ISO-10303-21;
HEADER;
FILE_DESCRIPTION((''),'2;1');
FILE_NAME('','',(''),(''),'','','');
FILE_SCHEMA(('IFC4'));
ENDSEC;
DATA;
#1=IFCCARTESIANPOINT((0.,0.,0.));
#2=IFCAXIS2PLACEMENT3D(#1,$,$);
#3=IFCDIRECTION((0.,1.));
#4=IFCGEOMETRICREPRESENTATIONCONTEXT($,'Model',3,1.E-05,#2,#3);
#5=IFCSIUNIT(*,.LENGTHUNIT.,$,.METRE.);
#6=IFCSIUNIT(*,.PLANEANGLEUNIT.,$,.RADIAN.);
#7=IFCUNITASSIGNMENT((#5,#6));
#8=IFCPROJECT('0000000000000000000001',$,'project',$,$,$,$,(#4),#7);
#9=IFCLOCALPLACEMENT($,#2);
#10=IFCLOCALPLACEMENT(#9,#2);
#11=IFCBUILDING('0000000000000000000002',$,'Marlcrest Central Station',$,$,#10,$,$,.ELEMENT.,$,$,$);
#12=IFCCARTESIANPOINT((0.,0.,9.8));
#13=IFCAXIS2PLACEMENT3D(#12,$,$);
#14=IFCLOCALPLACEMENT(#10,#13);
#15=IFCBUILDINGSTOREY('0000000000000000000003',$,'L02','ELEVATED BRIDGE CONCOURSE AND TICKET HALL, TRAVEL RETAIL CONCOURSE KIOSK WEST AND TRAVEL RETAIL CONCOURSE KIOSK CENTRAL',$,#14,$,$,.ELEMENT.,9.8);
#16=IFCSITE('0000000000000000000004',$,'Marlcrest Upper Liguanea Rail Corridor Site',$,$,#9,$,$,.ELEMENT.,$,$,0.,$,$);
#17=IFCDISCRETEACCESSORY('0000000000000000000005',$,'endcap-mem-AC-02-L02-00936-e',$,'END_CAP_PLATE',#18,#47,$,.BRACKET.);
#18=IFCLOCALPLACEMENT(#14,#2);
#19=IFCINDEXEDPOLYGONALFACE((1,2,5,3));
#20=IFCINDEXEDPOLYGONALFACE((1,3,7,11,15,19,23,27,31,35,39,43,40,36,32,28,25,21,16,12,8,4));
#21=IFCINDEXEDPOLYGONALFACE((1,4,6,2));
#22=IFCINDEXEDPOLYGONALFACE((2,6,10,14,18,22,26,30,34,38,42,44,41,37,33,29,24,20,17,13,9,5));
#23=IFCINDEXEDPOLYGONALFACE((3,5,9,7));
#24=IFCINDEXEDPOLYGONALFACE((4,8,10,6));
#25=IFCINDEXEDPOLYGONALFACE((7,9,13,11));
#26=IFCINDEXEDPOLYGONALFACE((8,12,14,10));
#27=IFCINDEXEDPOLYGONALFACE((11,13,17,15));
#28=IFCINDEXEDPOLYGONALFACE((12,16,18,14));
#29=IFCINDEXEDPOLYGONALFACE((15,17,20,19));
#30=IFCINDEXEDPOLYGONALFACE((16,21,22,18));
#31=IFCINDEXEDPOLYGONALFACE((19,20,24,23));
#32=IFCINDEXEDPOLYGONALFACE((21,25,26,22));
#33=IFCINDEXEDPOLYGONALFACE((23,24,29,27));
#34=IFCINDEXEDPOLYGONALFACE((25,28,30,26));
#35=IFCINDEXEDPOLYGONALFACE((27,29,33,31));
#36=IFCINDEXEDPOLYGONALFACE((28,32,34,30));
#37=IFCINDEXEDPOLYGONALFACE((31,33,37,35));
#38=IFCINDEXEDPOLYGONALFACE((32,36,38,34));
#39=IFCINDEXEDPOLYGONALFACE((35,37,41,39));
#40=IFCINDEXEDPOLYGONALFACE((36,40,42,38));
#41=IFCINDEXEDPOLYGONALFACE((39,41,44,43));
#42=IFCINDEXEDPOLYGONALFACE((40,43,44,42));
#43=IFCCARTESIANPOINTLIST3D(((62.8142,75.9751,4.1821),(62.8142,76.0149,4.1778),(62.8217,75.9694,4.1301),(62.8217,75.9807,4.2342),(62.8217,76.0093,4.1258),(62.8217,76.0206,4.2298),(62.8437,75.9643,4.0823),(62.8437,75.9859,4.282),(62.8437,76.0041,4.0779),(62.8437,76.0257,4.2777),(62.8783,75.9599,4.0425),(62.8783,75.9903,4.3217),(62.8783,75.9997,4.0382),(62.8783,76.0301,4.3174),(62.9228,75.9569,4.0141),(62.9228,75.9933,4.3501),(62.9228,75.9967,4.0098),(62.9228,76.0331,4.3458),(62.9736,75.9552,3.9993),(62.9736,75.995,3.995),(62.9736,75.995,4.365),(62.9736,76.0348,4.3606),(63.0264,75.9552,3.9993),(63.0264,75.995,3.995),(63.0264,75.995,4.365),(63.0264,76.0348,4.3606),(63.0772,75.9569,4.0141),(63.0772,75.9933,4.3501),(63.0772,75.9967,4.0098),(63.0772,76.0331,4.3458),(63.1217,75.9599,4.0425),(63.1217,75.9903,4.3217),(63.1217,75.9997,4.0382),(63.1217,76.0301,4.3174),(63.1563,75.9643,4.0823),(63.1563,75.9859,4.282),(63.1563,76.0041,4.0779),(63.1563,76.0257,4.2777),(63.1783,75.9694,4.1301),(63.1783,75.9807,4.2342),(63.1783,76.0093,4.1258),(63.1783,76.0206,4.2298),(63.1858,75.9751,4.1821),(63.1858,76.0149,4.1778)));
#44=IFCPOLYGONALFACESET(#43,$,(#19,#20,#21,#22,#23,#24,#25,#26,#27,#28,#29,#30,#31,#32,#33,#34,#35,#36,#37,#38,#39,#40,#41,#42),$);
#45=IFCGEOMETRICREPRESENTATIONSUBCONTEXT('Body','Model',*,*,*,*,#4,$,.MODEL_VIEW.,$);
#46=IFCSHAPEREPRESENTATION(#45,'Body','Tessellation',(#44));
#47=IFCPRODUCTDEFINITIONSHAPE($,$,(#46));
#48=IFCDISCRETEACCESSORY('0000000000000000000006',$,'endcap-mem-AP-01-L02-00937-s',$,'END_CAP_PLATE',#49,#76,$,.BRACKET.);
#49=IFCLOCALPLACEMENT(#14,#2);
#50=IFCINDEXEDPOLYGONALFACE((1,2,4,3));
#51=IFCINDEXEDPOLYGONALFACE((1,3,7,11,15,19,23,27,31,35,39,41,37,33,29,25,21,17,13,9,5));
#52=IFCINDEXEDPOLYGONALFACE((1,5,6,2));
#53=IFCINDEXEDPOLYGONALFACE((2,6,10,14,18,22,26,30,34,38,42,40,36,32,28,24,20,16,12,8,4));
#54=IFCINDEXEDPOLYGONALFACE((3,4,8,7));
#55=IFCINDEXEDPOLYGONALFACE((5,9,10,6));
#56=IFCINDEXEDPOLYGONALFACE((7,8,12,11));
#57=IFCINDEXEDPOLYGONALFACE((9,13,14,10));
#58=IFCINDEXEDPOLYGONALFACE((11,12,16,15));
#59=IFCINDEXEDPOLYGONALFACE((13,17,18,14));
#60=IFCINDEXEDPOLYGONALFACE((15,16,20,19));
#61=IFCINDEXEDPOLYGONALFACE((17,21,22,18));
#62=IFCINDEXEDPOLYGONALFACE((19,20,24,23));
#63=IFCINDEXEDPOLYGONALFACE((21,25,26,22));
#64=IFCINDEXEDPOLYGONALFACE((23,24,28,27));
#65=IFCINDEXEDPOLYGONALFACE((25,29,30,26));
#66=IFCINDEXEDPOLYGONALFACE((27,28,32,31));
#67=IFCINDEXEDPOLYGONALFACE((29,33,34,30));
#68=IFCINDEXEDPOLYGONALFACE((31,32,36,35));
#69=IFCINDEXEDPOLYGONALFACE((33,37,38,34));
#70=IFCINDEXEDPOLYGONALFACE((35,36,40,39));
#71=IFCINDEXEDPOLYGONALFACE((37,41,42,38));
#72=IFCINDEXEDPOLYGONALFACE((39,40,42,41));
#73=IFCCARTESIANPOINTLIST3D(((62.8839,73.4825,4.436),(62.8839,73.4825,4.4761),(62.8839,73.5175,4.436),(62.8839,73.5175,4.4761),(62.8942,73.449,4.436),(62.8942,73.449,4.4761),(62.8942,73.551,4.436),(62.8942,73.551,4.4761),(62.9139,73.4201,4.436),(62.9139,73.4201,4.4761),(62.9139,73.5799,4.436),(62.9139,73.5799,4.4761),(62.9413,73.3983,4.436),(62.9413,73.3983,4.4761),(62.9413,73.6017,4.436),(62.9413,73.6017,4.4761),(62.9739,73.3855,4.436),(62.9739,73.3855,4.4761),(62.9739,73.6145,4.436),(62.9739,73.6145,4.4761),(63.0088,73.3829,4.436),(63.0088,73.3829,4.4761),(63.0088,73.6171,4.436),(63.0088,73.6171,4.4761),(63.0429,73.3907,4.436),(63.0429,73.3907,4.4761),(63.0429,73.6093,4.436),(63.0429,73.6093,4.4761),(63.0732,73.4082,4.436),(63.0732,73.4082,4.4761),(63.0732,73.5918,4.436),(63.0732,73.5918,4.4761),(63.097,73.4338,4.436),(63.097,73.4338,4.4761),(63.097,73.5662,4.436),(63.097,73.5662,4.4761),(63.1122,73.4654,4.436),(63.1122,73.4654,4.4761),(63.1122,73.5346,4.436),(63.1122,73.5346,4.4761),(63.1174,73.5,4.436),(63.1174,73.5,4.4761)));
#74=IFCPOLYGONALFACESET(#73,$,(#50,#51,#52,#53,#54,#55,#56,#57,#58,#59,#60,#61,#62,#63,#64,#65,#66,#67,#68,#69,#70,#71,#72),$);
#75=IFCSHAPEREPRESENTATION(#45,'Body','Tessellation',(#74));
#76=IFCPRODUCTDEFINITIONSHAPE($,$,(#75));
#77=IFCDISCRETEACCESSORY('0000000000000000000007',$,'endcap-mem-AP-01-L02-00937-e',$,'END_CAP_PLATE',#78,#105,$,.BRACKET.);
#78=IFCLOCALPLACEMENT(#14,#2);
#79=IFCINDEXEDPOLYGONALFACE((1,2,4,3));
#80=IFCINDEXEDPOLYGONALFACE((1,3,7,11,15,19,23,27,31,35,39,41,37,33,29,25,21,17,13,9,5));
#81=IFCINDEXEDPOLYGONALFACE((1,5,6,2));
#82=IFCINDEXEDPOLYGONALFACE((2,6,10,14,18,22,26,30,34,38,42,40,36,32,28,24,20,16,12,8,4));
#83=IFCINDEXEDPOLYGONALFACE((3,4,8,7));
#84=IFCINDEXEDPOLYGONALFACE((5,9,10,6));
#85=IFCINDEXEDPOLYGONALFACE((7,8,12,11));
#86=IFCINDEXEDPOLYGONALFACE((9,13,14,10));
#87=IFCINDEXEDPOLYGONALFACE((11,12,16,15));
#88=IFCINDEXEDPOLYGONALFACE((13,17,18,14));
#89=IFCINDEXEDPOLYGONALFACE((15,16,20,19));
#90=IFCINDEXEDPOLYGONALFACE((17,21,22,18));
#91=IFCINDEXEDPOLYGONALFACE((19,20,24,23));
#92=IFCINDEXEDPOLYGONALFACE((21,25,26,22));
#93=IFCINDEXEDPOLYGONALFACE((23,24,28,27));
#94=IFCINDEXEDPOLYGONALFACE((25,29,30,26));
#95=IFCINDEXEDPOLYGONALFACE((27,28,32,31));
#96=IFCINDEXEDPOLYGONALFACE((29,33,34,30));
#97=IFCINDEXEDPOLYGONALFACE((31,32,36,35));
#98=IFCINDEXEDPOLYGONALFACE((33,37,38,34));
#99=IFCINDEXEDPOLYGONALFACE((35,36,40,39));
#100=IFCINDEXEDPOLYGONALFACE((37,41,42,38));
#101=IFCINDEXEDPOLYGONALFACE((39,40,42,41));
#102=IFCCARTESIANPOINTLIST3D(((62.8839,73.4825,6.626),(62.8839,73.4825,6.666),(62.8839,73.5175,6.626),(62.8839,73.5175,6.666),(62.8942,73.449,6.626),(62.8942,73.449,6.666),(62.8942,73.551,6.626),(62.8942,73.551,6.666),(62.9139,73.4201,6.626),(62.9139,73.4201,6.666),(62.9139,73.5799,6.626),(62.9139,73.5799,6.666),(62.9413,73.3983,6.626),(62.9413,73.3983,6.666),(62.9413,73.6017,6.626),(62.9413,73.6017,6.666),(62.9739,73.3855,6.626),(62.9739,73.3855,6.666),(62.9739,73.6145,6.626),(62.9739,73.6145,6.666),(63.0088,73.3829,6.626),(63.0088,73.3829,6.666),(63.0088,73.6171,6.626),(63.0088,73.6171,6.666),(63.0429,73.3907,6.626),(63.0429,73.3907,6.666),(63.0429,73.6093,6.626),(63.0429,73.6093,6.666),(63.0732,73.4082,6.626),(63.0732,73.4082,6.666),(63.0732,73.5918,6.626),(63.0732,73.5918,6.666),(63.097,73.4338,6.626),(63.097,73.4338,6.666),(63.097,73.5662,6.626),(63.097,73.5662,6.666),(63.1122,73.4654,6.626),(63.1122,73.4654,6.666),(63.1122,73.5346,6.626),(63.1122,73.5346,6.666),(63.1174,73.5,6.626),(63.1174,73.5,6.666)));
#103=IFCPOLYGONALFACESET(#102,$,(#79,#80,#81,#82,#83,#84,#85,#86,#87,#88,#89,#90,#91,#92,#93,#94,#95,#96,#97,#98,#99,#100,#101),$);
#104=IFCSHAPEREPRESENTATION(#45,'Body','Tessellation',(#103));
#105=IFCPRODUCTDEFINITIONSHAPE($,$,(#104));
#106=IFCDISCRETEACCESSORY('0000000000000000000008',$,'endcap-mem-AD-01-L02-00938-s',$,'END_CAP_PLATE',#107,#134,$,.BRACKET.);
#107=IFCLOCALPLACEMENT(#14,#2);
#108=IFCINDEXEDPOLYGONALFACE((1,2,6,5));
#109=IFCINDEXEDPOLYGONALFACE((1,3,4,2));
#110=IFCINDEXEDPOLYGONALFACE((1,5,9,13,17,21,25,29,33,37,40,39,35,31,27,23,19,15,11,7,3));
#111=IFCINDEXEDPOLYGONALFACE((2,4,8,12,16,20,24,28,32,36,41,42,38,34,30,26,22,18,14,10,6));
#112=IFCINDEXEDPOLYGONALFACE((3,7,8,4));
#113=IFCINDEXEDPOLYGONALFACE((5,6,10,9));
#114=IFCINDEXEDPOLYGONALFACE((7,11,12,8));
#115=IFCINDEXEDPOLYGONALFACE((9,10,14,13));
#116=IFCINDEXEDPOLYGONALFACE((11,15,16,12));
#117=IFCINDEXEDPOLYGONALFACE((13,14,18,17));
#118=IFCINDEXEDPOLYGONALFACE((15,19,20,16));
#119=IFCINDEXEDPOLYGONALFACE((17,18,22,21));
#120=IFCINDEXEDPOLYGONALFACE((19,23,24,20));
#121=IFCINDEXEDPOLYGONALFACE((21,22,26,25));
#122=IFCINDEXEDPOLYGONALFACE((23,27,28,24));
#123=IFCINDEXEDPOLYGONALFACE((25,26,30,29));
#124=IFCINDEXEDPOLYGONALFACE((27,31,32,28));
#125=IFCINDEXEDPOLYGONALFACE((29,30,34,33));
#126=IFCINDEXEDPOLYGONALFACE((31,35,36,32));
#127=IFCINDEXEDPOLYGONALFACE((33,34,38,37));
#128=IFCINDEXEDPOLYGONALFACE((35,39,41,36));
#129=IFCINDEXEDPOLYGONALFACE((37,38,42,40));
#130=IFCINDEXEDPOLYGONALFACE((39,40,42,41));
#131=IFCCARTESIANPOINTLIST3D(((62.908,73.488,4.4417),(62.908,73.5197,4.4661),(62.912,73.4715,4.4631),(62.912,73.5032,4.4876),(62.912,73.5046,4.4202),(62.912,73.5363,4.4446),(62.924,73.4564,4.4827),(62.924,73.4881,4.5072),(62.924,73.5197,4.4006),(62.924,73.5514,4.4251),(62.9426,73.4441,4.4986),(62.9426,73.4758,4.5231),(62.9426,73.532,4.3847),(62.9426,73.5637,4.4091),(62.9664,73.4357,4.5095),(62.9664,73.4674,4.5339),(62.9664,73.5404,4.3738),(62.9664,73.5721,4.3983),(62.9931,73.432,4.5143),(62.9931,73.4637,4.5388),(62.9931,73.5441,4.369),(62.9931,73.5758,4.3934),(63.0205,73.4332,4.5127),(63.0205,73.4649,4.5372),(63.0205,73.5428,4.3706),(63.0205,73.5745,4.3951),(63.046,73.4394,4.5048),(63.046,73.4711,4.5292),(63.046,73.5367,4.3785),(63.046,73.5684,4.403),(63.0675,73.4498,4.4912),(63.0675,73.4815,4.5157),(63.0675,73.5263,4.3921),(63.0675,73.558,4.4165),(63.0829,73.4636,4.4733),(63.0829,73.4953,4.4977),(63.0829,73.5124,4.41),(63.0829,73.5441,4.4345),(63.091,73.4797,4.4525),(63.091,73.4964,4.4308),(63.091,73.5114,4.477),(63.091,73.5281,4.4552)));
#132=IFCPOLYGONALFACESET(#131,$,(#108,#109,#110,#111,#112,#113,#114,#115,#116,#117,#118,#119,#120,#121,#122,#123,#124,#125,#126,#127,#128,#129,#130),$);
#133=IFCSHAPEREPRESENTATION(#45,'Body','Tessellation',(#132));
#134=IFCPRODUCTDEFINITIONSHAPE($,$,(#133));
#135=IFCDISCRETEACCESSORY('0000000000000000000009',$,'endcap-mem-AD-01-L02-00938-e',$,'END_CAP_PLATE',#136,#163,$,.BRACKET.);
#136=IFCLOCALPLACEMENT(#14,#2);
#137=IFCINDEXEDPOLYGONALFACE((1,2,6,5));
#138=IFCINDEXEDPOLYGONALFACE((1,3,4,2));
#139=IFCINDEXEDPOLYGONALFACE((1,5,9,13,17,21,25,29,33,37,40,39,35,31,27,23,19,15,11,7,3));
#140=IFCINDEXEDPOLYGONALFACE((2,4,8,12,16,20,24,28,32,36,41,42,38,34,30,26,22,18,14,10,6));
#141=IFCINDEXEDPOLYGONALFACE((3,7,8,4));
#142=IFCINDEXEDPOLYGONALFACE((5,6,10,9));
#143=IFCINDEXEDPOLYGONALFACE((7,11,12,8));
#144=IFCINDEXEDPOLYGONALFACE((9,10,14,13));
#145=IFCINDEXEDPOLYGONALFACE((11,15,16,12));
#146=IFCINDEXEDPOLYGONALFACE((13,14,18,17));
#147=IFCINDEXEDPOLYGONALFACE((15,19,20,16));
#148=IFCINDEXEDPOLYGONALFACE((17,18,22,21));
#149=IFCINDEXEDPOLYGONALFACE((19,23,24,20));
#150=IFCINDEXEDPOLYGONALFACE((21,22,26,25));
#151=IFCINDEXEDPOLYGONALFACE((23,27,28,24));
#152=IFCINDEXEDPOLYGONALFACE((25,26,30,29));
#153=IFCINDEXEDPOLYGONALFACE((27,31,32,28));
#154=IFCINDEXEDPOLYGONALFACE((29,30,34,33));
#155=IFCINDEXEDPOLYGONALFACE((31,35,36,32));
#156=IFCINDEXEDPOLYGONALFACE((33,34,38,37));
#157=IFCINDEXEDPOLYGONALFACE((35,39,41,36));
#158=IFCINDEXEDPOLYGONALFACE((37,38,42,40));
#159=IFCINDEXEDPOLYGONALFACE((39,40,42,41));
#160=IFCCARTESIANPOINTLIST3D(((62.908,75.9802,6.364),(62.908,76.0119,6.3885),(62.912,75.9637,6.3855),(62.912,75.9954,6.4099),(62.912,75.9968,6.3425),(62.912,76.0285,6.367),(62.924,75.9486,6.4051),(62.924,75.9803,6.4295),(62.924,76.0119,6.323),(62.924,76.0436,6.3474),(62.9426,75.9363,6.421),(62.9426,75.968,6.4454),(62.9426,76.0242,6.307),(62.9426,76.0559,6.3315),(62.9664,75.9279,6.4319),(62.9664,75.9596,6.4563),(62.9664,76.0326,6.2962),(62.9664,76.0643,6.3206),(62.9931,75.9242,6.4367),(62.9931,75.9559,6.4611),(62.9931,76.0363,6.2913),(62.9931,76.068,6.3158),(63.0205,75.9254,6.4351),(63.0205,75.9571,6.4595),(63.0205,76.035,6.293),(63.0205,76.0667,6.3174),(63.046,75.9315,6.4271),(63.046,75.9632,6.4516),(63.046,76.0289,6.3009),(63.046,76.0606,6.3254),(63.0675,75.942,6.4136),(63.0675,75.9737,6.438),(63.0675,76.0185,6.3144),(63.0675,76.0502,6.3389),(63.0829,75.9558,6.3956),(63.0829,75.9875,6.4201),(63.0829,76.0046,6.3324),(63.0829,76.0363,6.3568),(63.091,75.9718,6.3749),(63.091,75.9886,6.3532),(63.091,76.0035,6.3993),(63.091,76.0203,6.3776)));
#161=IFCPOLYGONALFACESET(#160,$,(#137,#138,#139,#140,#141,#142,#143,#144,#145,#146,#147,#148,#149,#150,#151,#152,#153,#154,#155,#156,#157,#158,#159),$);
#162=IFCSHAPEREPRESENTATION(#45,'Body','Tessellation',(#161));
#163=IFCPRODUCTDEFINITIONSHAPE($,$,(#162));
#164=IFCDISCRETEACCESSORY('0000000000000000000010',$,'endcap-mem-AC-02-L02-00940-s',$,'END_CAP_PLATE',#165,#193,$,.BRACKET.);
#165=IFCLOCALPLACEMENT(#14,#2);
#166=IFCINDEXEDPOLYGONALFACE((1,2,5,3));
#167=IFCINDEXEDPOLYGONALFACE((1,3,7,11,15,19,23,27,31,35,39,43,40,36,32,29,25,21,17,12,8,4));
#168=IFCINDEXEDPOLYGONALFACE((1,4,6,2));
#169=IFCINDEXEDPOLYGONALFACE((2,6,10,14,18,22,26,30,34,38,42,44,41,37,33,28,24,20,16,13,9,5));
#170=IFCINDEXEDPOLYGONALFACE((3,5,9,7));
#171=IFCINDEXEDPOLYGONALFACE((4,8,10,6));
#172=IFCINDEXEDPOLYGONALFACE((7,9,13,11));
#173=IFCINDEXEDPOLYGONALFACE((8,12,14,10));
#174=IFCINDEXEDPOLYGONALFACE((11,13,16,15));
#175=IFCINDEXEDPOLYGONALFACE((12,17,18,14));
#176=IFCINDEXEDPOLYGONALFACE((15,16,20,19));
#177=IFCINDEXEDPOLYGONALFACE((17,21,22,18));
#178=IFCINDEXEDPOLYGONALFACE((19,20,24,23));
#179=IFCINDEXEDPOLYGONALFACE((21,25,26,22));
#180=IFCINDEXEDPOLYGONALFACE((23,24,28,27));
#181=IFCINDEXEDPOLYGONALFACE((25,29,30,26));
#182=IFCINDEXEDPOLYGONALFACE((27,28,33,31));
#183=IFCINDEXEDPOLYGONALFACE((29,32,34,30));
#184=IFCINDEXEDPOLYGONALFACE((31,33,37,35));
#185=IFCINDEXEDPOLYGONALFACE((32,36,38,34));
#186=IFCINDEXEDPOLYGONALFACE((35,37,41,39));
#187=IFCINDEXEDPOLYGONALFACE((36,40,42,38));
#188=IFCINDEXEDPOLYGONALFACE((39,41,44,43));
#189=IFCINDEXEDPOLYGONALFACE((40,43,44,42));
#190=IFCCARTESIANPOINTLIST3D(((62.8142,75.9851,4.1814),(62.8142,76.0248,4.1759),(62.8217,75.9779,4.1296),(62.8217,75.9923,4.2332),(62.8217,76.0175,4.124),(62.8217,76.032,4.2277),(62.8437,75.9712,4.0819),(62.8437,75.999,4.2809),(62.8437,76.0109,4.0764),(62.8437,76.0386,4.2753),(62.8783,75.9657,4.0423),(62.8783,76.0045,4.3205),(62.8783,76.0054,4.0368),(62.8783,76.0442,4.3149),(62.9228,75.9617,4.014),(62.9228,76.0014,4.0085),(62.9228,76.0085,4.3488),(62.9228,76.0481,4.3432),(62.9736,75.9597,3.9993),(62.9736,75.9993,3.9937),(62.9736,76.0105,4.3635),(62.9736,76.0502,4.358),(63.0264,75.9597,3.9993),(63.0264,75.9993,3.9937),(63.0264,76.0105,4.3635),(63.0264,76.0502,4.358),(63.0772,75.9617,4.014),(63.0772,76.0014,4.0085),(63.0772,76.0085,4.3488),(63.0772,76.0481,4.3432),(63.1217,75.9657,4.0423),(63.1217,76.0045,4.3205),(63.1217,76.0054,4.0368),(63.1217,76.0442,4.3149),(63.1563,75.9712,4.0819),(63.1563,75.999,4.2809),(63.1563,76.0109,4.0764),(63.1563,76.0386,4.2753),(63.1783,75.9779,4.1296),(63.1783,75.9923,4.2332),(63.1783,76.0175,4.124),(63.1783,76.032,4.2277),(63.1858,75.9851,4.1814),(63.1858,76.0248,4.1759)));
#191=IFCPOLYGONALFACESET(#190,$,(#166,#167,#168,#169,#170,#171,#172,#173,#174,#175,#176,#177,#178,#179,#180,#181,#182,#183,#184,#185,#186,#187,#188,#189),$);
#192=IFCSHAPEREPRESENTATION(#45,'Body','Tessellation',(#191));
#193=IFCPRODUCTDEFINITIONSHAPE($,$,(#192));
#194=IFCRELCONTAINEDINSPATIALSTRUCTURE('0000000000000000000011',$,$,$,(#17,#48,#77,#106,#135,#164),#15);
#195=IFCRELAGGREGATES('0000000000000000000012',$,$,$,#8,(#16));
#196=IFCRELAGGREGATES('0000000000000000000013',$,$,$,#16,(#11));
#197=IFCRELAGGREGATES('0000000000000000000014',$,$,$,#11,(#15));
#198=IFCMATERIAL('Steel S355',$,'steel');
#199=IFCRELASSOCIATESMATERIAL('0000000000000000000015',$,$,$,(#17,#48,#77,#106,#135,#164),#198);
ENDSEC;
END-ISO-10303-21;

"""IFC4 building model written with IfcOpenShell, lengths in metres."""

from ifc_helpers import new_model, si_unit, direction, frame, origin, origin_2d, place, context, subcontext, project, spatial, circle, extrude, material, element, save


model = new_model("IFC4")

# Units and contexts
model_context = context("Model", 3, precision=1e-05, world=origin(), true_north=direction((0.0, 1.0)))
body_context = subcontext(model_context, "Body", "Model", "MODEL_VIEW")
ifc_project = project(units=[si_unit("LENGTHUNIT", "METRE"), si_unit("PLANEANGLEUNIT", "RADIAN")], contexts=[model_context])

# Site, building, storey
site_placement = place(None, origin())
site = spatial("IfcSite", under=ifc_project, at=site_placement, Name="Marlcrest Upper Liguanea Rail Corridor Site", CompositionType="ELEMENT", RefElevation=0.0)
building_placement = place(site_placement, origin())
building = spatial("IfcBuilding", under=site, at=building_placement, Name="Marlcrest Central Station", CompositionType="ELEMENT")
storey_placement = place(building_placement, frame((0.0, 0.0, 9.8)))
storey = spatial("IfcBuildingStorey", under=building, at=storey_placement, Name="L02", Description="ELEVATED BRIDGE CONCOURSE AND TICKET HALL, TRAVEL RETAIL CONCOURSE KIOSK WEST AND TRAVEL RETAIL CONCOURSE KIOSK CENTRAL", CompositionType="ELEMENT", Elevation=9.8)

# Shared definitions
ifc_material = material(Name="Steel S355", Category="steel")

# Discrete accessories
for number, where, z_axis, x_axis, name in (
    (1, (63.0, 75.9751, 4.1821), (0.0, 0.994155, -0.107959), (-1.0, 0.0, 0.0), "endcap-mem-AC-02-L02-00936-e"),
):
    element("IfcDiscreteAccessory", number, at=place(storey_placement, frame(where, z_axis=z_axis, x_axis=x_axis)), inside=storey, material=ifc_material, Name=name, ObjectType="END_CAP_PLATE", PredefinedType="BRACKET", context=body_context, shape_type="SweptSolid", body=[
        extrude(circle(Radius=0.1858, at=origin_2d()), origin(), (0.0, 0.0, 1.0), 0.04),
    ])
for number, where, z_axis, x_axis, name in (
    (2, (63.0, 73.5, 4.436), (0.0, 0.0, 1.0), (1.0, 0.0, 0.0), "endcap-mem-AP-01-L02-00937-s"),
    (3, (63.0, 73.5, 6.626), (0.0, 0.0, 1.0), (1.0, 0.0, 0.0), "endcap-mem-AP-01-L02-00937-e"),
):
    element("IfcDiscreteAccessory", number, at=place(storey_placement, frame(where, z_axis=z_axis, x_axis=x_axis)), inside=storey, material=ifc_material, Name=name, ObjectType="END_CAP_PLATE", PredefinedType="BRACKET", context=body_context, shape_type="SweptSolid", body=[
        extrude(circle(Radius=0.1174, at=origin_2d()), origin(), (0.0, 0.0, 1.0), 0.04),
    ])
for number, where, z_axis, x_axis, name in (
    (4, (63.0, 73.488, 4.4417), (0.0, 0.791798, 0.610783), (-1.0, 0.0, 0.0), "endcap-mem-AD-01-L02-00938-s"),
    (5, (63.0, 75.9802, 6.364), (0.0, 0.791798, 0.610783), (-1.0, 0.0, 0.0), "endcap-mem-AD-01-L02-00938-e"),
):
    element("IfcDiscreteAccessory", number, at=place(storey_placement, frame(where, z_axis=z_axis, x_axis=x_axis)), inside=storey, material=ifc_material, Name=name, ObjectType="END_CAP_PLATE", PredefinedType="BRACKET", context=body_context, shape_type="SweptSolid", body=[
        extrude(circle(Radius=0.092, at=origin_2d()), origin(), (0.0, 0.0, 1.0), 0.04),
    ])
for number, where, z_axis, x_axis, name in (
    (6, (63.0, 75.9851, 4.1814), (0.0, 0.990403, -0.138211), (-1.0, 0.0, 0.0), "endcap-mem-AC-02-L02-00940-s"),
):
    element("IfcDiscreteAccessory", number, at=place(storey_placement, frame(where, z_axis=z_axis, x_axis=x_axis)), inside=storey, material=ifc_material, Name=name, ObjectType="END_CAP_PLATE", PredefinedType="BRACKET", context=body_context, shape_type="SweptSolid", body=[
        extrude(circle(Radius=0.1858, at=origin_2d()), origin(), (0.0, 0.0, 1.0), 0.04),
    ])

save(model, "model.ifc")
